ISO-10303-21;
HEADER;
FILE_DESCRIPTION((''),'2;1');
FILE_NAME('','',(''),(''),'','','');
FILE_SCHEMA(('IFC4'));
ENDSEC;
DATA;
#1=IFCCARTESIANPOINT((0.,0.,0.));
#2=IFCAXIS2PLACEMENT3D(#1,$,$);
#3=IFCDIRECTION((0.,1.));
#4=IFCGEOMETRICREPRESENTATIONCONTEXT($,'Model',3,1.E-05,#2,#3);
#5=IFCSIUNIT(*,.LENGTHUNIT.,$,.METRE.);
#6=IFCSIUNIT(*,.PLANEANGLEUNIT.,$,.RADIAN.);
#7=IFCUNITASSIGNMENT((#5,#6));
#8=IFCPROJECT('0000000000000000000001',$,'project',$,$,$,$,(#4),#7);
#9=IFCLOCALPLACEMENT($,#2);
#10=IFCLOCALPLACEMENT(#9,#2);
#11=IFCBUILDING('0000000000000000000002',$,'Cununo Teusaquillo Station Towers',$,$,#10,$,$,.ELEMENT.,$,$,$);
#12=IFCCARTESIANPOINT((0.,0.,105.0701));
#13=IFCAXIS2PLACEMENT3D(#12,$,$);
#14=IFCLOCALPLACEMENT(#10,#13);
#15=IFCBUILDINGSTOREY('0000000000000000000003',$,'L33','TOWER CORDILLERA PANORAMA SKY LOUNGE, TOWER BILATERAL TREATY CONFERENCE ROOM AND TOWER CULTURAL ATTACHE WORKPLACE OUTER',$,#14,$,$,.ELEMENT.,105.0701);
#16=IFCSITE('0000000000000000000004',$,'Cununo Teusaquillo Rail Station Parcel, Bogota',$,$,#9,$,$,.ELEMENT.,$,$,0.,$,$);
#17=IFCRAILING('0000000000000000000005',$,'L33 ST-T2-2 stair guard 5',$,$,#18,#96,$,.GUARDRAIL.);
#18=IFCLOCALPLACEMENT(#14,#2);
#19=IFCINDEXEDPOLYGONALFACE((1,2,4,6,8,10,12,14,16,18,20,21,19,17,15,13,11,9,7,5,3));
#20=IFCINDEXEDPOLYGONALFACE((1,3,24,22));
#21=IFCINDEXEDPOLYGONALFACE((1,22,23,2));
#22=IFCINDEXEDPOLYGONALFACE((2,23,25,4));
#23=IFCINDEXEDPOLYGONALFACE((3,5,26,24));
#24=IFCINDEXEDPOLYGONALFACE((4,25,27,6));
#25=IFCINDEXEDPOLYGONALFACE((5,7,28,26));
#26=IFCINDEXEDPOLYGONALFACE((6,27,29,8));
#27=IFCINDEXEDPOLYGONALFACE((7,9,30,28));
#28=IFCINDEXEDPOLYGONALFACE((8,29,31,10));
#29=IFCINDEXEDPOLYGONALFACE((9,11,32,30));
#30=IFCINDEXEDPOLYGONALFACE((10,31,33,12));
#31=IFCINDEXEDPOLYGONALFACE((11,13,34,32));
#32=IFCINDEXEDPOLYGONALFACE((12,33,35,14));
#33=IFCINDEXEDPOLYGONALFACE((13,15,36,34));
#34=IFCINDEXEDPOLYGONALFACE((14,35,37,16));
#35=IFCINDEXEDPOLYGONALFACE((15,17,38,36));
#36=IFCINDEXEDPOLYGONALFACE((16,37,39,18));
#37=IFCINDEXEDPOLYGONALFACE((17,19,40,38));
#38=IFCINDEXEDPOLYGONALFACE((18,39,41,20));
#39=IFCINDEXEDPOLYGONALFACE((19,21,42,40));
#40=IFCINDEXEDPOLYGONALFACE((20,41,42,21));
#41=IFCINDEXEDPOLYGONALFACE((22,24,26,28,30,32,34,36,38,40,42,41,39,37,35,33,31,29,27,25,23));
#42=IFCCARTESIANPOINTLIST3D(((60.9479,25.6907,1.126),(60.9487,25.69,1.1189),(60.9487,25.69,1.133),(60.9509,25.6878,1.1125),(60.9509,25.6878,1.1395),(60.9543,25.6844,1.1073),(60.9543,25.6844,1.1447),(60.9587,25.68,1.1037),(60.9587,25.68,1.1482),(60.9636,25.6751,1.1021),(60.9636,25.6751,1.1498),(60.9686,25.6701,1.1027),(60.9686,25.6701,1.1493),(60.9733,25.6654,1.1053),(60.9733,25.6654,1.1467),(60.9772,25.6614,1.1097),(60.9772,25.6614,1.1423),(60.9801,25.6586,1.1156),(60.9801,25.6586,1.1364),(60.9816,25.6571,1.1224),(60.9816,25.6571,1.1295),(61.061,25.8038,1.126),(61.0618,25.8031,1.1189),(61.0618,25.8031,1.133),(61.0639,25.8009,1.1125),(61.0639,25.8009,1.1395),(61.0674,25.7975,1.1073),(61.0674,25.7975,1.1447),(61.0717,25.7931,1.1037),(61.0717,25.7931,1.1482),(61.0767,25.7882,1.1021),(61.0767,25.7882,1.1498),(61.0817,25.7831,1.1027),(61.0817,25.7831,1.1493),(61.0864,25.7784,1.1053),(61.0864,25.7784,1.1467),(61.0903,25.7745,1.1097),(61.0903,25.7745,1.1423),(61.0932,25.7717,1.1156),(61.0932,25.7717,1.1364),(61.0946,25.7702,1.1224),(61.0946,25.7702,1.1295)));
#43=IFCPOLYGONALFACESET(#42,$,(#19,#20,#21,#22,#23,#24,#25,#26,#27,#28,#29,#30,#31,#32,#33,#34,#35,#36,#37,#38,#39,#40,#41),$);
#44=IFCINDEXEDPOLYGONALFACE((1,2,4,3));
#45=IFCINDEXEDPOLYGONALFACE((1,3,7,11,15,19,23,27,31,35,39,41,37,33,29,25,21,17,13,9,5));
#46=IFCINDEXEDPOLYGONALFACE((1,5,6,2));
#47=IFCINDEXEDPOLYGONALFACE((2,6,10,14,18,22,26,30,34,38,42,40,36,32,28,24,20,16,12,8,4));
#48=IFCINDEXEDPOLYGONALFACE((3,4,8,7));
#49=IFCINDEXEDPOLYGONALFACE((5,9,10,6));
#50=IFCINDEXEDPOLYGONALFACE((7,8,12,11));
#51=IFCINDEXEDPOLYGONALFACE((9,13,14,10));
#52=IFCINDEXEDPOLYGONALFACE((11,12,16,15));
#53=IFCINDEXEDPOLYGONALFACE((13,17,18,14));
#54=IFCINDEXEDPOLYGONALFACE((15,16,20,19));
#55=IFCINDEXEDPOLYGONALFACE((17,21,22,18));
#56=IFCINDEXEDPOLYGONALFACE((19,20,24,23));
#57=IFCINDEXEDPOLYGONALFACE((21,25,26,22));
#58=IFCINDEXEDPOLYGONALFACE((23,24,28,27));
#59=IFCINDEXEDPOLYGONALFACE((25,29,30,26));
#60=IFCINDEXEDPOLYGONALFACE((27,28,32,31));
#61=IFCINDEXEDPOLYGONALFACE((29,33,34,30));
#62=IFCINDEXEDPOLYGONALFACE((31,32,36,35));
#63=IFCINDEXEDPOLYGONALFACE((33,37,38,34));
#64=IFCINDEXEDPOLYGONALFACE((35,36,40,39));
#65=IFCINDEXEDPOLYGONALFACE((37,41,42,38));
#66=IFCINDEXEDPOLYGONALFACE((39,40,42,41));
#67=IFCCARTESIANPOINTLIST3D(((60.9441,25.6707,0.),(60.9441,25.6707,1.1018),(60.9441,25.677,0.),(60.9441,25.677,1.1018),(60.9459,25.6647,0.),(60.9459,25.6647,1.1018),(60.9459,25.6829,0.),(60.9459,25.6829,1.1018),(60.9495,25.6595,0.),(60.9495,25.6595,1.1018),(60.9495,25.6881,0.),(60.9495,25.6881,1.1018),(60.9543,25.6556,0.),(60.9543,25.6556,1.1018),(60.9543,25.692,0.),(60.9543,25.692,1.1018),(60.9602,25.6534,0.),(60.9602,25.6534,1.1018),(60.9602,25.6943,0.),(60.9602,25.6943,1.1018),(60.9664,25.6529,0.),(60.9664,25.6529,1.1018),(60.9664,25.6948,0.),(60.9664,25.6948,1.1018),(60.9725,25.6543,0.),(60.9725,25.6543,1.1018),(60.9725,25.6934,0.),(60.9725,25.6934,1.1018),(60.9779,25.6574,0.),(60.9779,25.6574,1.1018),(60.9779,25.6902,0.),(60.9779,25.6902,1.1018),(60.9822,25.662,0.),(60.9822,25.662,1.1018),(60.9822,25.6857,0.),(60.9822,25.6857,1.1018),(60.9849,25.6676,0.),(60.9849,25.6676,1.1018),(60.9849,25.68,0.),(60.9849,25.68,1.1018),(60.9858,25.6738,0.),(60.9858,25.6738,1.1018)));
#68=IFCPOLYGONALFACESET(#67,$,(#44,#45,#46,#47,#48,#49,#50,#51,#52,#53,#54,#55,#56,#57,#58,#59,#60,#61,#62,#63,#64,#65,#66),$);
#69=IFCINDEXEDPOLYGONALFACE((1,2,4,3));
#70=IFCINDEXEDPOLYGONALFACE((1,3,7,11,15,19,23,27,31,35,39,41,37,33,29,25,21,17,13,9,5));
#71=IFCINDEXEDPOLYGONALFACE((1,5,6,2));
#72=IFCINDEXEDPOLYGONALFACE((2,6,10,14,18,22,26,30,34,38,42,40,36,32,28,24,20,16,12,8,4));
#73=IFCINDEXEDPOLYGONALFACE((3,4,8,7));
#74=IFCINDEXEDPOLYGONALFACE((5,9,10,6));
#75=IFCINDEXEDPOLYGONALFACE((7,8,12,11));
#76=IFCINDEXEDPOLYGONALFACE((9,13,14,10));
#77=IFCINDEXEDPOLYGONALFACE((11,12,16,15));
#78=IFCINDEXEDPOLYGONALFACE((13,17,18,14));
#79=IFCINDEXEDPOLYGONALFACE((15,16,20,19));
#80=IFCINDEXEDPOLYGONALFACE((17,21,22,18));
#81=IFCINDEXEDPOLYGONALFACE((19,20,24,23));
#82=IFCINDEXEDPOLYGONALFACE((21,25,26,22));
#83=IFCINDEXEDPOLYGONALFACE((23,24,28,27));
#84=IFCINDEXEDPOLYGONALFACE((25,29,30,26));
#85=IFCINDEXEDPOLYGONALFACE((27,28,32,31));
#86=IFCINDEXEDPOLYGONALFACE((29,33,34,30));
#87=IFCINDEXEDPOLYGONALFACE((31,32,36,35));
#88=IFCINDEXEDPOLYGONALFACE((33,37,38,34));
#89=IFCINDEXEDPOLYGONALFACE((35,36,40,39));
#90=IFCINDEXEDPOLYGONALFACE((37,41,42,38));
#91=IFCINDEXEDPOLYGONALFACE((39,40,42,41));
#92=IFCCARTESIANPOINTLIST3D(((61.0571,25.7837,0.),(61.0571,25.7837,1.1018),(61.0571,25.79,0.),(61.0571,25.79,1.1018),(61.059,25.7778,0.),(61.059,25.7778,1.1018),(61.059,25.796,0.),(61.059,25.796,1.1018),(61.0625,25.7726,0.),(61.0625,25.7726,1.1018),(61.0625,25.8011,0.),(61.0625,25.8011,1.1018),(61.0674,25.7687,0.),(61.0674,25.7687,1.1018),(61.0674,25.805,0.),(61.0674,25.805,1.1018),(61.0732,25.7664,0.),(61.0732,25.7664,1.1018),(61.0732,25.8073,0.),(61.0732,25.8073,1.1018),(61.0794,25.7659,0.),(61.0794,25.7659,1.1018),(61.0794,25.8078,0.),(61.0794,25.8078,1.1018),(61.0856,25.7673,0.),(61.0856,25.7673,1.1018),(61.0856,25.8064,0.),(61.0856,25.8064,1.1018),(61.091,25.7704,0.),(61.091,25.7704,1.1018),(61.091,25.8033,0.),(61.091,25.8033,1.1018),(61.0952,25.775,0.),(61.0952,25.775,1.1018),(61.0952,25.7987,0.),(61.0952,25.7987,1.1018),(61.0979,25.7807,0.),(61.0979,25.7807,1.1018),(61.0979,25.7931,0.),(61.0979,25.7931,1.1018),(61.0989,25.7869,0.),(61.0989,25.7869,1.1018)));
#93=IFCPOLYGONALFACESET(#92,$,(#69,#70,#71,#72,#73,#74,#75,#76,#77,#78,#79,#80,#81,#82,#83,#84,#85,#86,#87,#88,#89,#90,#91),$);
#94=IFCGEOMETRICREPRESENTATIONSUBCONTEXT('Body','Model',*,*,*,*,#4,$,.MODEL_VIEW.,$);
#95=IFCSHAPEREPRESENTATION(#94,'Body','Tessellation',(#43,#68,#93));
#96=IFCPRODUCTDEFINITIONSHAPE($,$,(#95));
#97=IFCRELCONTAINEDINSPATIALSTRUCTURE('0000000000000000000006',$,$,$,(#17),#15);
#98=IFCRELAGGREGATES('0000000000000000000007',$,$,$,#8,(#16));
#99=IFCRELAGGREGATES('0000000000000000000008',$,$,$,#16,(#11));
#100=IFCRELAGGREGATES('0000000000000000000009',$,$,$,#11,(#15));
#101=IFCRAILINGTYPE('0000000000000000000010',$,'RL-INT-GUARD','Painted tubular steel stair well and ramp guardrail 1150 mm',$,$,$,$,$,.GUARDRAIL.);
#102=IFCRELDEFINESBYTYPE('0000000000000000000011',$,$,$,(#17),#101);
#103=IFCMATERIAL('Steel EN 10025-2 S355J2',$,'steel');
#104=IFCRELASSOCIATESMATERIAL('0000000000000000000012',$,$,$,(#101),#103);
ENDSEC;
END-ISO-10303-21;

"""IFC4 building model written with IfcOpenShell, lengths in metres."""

from ifc_helpers import new_model, si_unit, direction, frame, origin, origin_2d, place, context, subcontext, project, spatial, circle, extrude, material, type_object, element, save


model = new_model("IFC4")

# Units and contexts
model_context = context("Model", 3, precision=1e-05, world=origin(), true_north=direction((0.0, 1.0)))
body_context = subcontext(model_context, "Body", "Model", "MODEL_VIEW")
ifc_project = project(units=[si_unit("LENGTHUNIT", "METRE"), si_unit("PLANEANGLEUNIT", "RADIAN")], contexts=[model_context])

# Site, building, storey
site_placement = place(None, origin())
site = spatial("IfcSite", under=ifc_project, at=site_placement, Name="Cununo Teusaquillo Rail Station Parcel, Bogota", CompositionType="ELEMENT", RefElevation=0.0)
building_placement = place(site_placement, origin())
building = spatial("IfcBuilding", under=site, at=building_placement, Name="Cununo Teusaquillo Station Towers", CompositionType="ELEMENT")
storey_placement = place(building_placement, frame((0.0, 0.0, 105.0701)))
storey = spatial("IfcBuildingStorey", under=building, at=storey_placement, Name="L33", Description="TOWER CORDILLERA PANORAMA SKY LOUNGE, TOWER BILATERAL TREATY CONFERENCE ROOM AND TOWER CULTURAL ATTACHE WORKPLACE OUTER", CompositionType="ELEMENT", Elevation=105.0701)

# Railing
ifc_material_1 = material(Name="Steel EN 10025-2 S355J2", Category="steel")
railing_type_1 = type_object("IfcRailingType", Name="RL-INT-GUARD", Description="Painted tubular steel stair well and ramp guardrail 1150 mm", PredefinedType="GUARDRAIL", material=ifc_material_1)
railing_1_placement = place(storey_placement, frame((60.9648, 25.6738, 0.0)))
element("IfcRailing", 1, at=railing_1_placement, inside=storey, type_object=railing_type_1, Name="L33 ST-T2-2 stair guard 5", PredefinedType="GUARDRAIL", context=body_context, shape_type="SweptSolid", body=[
    extrude(circle(Radius=0.0239, at=origin_2d()), frame((0.0, 0.0, 1.126), z_axis=(0.707107, 0.707107, 0.0), x_axis=(-0.707107, 0.707107, 0.0)), (0.0, 0.0, 1.0), 0.1599),
    extrude(circle(Radius=0.021, at=origin_2d()), origin(), (0.0, 0.0, 1.0), 1.1018),
    extrude(circle(Radius=0.021, at=origin_2d()), frame((0.113, 0.113, 0.0)), (0.0, 0.0, 1.0), 1.1018),
])

save(model, "model.ifc")
